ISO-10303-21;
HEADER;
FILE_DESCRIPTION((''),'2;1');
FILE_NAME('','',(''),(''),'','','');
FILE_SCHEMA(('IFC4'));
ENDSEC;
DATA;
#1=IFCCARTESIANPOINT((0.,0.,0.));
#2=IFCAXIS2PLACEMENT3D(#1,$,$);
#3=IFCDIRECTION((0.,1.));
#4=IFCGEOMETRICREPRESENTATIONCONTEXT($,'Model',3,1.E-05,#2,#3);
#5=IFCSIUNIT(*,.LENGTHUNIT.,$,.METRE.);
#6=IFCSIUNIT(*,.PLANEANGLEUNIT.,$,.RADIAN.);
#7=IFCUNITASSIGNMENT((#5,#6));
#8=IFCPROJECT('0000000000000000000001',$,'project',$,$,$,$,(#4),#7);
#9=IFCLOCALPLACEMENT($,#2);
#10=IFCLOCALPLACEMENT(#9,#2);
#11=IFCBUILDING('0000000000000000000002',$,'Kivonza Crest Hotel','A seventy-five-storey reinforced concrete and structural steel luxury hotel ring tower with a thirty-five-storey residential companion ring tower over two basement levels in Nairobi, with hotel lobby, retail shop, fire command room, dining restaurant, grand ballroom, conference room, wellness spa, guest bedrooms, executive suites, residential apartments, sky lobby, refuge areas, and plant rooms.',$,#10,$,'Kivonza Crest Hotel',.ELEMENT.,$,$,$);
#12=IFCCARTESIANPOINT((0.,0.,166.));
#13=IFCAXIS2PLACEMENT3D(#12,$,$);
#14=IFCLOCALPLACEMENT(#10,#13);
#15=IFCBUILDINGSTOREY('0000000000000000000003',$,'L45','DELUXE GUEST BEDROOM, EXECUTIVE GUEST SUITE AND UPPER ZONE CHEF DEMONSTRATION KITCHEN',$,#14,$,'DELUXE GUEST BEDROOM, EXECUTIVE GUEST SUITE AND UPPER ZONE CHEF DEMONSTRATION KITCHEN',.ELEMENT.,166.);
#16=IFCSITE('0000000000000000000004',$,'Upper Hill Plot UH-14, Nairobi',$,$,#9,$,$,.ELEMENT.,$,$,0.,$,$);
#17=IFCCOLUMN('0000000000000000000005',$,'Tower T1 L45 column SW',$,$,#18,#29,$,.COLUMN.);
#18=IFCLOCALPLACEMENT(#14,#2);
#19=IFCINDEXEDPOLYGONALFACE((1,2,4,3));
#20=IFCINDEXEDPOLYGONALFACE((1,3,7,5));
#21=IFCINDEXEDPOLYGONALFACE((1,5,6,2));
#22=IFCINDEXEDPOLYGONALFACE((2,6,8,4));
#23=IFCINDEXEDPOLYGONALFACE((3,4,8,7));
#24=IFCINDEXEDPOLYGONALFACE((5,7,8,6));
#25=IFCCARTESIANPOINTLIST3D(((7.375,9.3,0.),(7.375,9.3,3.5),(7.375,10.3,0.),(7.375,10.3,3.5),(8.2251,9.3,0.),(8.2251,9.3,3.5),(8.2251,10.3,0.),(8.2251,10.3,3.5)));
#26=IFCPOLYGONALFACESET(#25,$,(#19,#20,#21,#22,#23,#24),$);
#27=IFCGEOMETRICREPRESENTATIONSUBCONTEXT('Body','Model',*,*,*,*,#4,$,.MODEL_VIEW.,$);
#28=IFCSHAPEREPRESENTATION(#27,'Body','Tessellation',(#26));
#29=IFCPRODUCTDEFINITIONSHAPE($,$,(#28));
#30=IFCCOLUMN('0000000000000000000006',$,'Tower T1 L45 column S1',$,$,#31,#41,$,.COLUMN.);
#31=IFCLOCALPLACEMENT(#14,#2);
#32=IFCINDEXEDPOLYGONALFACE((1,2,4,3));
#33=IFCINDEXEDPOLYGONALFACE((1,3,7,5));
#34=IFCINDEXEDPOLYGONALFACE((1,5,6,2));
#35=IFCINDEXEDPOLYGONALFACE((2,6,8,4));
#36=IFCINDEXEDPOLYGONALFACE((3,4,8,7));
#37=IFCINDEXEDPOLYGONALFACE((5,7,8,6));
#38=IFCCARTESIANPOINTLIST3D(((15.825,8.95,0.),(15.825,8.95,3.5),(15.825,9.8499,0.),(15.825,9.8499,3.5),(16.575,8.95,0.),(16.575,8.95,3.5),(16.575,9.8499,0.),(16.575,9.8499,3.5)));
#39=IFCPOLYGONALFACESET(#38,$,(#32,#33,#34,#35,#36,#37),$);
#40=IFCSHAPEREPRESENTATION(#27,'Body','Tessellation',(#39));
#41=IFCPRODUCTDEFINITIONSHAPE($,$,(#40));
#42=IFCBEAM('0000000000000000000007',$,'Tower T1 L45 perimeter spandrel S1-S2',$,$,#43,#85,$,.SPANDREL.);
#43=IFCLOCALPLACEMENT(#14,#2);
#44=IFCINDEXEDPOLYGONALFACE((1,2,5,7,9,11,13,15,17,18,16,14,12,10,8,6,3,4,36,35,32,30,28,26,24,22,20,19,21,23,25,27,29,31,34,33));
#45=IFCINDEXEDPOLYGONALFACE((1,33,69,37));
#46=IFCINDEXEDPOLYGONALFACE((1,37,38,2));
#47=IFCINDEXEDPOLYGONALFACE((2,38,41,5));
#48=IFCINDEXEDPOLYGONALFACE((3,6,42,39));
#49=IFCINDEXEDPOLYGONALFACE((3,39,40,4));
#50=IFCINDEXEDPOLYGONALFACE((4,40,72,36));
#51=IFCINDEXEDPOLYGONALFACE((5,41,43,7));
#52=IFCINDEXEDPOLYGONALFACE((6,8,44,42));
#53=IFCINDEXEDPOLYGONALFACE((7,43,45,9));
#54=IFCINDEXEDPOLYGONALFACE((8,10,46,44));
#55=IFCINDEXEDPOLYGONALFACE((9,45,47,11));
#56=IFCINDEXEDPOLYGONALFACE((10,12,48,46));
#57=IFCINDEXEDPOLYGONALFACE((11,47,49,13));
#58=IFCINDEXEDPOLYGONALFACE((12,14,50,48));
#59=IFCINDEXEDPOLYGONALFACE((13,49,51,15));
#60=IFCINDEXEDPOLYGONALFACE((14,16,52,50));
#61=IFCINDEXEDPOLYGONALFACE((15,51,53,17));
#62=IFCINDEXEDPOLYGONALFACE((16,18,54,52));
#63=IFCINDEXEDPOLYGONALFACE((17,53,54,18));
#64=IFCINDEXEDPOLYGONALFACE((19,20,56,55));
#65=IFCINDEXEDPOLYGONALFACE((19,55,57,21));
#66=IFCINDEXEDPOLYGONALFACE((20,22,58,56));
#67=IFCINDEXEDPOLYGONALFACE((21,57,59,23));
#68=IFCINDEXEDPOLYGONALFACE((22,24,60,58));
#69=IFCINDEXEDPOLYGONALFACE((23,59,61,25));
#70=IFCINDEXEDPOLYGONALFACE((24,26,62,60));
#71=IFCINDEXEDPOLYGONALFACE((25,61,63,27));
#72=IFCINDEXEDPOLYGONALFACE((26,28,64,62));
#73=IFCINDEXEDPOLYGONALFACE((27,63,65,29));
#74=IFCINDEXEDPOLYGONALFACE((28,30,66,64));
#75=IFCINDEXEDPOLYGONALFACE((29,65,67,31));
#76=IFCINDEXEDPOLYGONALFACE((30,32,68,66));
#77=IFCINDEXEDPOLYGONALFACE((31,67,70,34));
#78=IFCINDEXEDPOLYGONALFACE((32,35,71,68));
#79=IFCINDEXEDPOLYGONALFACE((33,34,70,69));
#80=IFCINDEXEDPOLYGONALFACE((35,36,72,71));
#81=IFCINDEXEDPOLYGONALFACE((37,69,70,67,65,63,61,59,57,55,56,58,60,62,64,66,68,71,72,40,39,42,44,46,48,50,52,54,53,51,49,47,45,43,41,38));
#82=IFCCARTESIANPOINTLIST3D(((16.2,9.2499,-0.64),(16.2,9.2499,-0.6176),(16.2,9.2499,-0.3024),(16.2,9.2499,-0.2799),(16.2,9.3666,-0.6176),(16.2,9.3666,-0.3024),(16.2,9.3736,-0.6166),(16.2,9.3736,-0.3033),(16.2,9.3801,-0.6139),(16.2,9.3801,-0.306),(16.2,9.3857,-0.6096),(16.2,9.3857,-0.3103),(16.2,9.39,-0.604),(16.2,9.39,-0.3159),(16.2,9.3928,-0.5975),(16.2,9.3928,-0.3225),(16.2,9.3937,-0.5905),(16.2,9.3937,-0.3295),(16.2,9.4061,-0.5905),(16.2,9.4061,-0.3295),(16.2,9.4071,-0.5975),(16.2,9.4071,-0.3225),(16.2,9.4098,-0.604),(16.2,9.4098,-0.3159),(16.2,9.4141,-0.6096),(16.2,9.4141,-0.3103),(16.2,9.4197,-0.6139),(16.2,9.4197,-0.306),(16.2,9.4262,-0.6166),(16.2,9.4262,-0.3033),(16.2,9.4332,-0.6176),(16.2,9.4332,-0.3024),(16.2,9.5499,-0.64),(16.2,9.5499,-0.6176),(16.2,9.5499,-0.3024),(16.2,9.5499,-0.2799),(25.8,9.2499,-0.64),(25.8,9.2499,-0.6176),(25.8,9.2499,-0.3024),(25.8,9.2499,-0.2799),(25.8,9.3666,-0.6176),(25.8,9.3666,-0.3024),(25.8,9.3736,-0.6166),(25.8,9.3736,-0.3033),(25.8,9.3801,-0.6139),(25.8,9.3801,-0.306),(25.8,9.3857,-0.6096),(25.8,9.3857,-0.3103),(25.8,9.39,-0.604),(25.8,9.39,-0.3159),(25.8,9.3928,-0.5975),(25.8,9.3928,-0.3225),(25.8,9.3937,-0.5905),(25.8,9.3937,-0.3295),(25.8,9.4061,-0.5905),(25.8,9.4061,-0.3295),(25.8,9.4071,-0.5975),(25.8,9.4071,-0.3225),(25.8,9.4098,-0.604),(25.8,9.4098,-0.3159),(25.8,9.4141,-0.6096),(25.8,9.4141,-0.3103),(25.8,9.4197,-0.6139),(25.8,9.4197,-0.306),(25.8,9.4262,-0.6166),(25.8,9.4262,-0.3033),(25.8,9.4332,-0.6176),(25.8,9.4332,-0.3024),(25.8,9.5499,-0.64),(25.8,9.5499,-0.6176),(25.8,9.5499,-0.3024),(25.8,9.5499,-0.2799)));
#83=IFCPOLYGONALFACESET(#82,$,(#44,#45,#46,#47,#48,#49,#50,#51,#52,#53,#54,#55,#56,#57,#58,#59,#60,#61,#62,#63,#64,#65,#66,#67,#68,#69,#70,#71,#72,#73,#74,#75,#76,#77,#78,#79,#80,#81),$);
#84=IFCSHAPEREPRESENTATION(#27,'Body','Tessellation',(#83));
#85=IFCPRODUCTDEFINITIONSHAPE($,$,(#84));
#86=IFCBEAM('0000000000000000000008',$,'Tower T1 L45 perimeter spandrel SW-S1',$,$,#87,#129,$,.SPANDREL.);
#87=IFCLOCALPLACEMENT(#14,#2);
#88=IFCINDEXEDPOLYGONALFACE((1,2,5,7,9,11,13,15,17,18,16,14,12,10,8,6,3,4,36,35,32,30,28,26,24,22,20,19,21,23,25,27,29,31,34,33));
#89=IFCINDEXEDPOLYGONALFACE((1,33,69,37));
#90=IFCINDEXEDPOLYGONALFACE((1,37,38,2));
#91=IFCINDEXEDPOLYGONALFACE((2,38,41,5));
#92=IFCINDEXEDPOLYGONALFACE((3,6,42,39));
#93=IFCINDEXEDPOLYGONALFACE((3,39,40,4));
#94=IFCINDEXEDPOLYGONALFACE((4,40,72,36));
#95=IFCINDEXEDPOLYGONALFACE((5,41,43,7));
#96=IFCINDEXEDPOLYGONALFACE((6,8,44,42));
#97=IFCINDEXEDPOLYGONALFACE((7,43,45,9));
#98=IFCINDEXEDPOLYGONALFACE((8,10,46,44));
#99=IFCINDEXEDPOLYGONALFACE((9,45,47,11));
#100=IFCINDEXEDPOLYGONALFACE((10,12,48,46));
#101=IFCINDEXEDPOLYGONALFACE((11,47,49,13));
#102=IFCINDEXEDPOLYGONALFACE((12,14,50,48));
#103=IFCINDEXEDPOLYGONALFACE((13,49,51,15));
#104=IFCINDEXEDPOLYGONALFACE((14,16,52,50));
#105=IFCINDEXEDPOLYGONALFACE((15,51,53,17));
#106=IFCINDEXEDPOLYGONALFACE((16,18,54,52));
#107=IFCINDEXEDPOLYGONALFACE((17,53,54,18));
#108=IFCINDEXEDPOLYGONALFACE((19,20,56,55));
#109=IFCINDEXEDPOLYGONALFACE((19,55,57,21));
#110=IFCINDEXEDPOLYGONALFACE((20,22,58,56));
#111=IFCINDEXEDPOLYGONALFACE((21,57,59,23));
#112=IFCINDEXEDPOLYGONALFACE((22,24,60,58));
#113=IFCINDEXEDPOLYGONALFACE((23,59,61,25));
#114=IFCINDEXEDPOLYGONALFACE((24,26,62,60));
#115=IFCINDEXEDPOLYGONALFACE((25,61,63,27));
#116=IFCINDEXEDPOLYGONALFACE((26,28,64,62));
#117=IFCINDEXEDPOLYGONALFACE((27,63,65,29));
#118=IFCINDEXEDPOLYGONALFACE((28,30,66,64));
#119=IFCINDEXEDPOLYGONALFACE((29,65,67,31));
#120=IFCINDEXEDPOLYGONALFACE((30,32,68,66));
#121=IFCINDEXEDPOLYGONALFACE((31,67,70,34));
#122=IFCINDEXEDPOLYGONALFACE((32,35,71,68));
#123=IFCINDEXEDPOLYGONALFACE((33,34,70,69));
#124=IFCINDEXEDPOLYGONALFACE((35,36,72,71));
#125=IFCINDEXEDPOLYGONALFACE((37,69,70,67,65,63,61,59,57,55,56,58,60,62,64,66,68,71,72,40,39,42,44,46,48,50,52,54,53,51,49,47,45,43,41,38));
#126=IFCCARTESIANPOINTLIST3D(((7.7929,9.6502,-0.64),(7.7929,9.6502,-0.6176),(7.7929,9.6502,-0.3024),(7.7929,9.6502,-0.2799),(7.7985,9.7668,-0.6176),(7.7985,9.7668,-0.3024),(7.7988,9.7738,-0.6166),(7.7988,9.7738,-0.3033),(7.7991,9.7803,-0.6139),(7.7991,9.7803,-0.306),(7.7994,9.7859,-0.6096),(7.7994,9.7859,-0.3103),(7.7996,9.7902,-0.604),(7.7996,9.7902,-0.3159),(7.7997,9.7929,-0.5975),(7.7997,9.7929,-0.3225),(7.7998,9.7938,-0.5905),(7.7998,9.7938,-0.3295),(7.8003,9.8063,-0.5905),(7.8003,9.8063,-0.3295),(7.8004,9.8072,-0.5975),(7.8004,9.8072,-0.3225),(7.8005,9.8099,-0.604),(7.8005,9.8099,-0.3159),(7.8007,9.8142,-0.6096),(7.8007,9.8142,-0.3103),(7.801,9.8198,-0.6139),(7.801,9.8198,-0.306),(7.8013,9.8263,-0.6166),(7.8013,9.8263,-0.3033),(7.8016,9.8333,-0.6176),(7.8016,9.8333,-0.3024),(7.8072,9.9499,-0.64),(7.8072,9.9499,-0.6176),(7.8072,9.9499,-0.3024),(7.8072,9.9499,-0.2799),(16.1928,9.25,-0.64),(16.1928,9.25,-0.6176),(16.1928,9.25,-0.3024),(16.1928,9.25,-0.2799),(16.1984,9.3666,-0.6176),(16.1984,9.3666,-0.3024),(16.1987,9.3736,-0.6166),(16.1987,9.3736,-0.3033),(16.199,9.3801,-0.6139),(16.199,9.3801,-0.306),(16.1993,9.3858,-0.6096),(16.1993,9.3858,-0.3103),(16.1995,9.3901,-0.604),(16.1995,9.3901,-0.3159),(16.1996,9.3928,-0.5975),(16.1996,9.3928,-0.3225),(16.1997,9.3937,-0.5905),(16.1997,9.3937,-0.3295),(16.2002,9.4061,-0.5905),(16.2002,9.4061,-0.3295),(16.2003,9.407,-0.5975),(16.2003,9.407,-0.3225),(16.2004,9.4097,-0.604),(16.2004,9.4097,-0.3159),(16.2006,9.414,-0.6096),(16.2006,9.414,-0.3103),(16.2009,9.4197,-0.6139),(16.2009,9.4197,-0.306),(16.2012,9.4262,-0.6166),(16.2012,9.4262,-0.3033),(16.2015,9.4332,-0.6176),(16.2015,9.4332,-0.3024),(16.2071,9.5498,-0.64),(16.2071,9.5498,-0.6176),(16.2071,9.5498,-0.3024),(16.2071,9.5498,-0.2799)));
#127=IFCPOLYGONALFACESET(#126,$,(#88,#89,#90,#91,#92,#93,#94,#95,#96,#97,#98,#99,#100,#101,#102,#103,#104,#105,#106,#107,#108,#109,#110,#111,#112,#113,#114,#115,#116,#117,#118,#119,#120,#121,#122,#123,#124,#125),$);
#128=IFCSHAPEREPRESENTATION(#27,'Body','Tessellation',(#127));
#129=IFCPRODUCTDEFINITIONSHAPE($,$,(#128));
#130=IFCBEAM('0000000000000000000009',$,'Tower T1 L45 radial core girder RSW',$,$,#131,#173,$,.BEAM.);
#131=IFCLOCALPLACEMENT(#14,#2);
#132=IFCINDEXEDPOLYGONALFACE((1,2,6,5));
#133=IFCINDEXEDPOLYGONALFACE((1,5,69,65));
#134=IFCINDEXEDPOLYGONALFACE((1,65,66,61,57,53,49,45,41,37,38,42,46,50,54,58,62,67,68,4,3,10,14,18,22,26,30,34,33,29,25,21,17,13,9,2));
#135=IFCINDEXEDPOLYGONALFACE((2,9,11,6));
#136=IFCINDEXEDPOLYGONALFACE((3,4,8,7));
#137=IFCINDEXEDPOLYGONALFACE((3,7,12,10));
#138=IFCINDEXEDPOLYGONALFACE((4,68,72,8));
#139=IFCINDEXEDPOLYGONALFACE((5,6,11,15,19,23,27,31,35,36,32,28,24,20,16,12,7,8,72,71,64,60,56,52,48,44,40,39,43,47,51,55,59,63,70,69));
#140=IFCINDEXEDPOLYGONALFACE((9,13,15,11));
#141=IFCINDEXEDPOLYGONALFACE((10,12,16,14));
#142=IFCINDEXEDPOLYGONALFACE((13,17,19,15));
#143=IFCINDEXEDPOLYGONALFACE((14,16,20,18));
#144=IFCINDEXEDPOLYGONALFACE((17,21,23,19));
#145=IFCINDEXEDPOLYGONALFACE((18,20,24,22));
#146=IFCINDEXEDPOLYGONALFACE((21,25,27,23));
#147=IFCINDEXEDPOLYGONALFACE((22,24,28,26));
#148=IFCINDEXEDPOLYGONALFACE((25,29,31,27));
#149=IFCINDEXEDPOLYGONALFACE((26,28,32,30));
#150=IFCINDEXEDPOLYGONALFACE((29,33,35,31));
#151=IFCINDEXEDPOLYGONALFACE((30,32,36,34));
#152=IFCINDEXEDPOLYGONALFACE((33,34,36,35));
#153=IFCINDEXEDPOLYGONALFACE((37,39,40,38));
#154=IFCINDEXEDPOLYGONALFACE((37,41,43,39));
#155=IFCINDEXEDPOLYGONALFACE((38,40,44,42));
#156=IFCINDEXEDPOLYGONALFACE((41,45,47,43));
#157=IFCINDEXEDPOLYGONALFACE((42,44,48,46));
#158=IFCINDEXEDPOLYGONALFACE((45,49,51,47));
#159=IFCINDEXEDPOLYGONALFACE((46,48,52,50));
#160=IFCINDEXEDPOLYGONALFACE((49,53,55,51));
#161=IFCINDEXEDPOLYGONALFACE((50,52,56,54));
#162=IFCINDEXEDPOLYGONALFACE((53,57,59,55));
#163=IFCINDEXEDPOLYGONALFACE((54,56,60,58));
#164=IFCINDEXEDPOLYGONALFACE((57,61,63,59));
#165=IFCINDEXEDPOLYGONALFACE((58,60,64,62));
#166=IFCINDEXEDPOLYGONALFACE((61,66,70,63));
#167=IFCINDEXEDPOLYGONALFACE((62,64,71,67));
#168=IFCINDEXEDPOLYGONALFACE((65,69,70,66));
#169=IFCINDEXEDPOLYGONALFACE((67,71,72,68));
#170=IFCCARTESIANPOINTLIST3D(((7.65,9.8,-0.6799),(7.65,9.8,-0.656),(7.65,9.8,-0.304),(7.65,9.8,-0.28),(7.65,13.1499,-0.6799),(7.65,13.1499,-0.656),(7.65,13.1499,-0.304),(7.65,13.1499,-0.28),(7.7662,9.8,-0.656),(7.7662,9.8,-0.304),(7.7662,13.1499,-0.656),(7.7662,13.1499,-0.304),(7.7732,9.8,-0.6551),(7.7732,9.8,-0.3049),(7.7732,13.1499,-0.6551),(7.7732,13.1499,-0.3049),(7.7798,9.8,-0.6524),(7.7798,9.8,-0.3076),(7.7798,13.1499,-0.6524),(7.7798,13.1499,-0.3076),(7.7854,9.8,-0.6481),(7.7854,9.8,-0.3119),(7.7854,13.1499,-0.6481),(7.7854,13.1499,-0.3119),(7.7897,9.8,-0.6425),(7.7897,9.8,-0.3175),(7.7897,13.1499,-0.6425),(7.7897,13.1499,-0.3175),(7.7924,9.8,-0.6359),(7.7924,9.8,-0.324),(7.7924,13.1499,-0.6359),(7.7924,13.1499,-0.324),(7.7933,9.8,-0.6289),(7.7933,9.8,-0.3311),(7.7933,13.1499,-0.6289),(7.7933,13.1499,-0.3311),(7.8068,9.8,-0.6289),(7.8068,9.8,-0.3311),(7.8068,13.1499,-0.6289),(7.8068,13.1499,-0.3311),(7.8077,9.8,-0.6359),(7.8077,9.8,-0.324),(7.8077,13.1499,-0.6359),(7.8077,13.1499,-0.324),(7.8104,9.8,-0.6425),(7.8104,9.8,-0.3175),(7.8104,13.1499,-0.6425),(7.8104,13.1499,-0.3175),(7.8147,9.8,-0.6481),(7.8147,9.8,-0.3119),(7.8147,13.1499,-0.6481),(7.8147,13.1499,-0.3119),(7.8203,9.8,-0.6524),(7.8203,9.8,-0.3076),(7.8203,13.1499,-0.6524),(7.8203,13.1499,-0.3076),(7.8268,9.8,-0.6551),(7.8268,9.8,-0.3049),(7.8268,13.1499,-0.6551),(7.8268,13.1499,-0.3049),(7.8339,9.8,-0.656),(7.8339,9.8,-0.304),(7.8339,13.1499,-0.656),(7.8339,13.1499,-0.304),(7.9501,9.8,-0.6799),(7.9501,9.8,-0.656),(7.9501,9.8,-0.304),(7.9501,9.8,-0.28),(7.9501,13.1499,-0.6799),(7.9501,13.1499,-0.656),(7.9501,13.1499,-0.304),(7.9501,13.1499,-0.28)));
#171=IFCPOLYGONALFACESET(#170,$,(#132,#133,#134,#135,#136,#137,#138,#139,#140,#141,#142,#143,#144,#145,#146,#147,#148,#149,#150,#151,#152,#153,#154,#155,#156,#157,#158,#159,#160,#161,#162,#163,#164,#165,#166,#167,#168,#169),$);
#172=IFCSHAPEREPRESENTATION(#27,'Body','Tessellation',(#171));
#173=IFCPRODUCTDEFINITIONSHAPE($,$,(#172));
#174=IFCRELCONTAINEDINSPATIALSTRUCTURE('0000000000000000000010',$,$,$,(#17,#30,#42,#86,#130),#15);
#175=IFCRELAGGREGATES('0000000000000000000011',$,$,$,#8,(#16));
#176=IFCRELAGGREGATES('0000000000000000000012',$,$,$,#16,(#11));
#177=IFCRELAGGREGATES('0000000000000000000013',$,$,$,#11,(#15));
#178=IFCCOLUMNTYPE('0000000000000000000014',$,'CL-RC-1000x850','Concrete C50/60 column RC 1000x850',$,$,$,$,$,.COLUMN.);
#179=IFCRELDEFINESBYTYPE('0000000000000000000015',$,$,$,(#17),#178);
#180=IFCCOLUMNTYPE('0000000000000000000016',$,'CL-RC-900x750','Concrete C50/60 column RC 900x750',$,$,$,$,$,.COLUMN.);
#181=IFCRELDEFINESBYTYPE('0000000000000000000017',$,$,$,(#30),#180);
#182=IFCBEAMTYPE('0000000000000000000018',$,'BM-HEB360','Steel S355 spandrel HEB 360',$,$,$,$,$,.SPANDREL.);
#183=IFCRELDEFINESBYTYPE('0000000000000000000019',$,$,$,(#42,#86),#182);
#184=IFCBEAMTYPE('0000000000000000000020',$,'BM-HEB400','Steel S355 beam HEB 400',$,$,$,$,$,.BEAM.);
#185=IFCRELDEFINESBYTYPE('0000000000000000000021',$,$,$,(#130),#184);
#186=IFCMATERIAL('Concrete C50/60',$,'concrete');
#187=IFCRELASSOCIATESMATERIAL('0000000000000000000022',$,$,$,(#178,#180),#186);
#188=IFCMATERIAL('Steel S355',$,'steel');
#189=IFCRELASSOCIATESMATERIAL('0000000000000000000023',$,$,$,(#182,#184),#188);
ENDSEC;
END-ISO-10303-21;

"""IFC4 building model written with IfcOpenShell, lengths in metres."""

from ifc_helpers import new_model, si_unit, direction, frame, origin, origin_2d, place, context, subcontext, project, spatial, rectangle, i_section, extrude, material, material_profile, profile_set, type_object, element, save


model = new_model("IFC4")

# Units and contexts
model_context = context("Model", 3, precision=1e-05, world=origin(), true_north=direction((0.0, 1.0)))
body_context = subcontext(model_context, "Body", "Model", "MODEL_VIEW")
ifc_project = project(units=[si_unit("LENGTHUNIT", "METRE"), si_unit("PLANEANGLEUNIT", "RADIAN")], contexts=[model_context])

# Site, building, storey
site_placement = place(None, origin())
site = spatial("IfcSite", under=ifc_project, at=site_placement, Name="Upper Hill Plot UH-14, Nairobi", CompositionType="ELEMENT", RefElevation=0.0)
building_placement = place(site_placement, origin())
building = spatial("IfcBuilding", under=site, at=building_placement, Name="Kivonza Crest Hotel", Description="A seventy-five-storey reinforced concrete and structural steel luxury hotel ring tower with a thirty-five-storey residential companion ring tower over two basement levels in Nairobi, with hotel lobby, retail shop, fire command room, dining restaurant, grand ballroom, conference room, wellness spa, guest bedrooms, executive suites, residential apartments, sky lobby, refuge areas, and plant rooms.", LongName="Kivonza Crest Hotel", CompositionType="ELEMENT")
storey_placement = place(building_placement, frame((0.0, 0.0, 166.0)))
storey = spatial("IfcBuildingStorey", under=building, at=storey_placement, Name="L45", Description="DELUXE GUEST BEDROOM, EXECUTIVE GUEST SUITE AND UPPER ZONE CHEF DEMONSTRATION KITCHEN", LongName="DELUXE GUEST BEDROOM, EXECUTIVE GUEST SUITE AND UPPER ZONE CHEF DEMONSTRATION KITCHEN", CompositionType="ELEMENT", Elevation=166.0)

# Columns
ifc_material_1 = material(Name="Concrete C50/60", Category="concrete")
ifc_material_profile_1 = material_profile(ifc_material_1, rectangle(XDim=0.8501, YDim=1.0, at=origin_2d()), Name="RC 1000x850")
ifc_profile_set_1 = profile_set([ifc_material_profile_1], Name="Concrete C50/60")
column_type_1 = type_object("IfcColumnType", Name="CL-RC-1000x850", Description="Concrete C50/60 column RC 1000x850", PredefinedType="COLUMN", material=ifc_profile_set_1)
column_1_placement = place(storey_placement, frame((7.8, 9.8, 0.0), z_axis=(0.0, 0.0, 1.0), x_axis=(1.0, 0.0, 0.0)))
element("IfcColumn", 1, at=column_1_placement, inside=storey, type_object=column_type_1, Name="Tower T1 L45 column SW", PredefinedType="COLUMN", context=body_context, shape_type="SweptSolid", body=[
    extrude(rectangle(XDim=0.8501, YDim=1.0, at=origin_2d()), origin(), (0.0, 0.0, 1.0), 3.5),
])
ifc_material_profile_2 = material_profile(ifc_material_1, rectangle(XDim=0.75, YDim=0.8999, at=origin_2d()), Name="RC 900x750")
ifc_profile_set_2 = profile_set([ifc_material_profile_2], Name="Concrete C50/60")
column_type_2 = type_object("IfcColumnType", Name="CL-RC-900x750", Description="Concrete C50/60 column RC 900x750", PredefinedType="COLUMN", material=ifc_profile_set_2)
column_2_placement = place(storey_placement, frame((16.2, 9.3999, 0.0), z_axis=(0.0, 0.0, 1.0), x_axis=(1.0, 0.0, 0.0)))
element("IfcColumn", 2, at=column_2_placement, inside=storey, type_object=column_type_2, Name="Tower T1 L45 column S1", PredefinedType="COLUMN", context=body_context, shape_type="SweptSolid", body=[
    extrude(rectangle(XDim=0.75, YDim=0.8999, at=origin_2d()), origin(), (0.0, 0.0, 1.0), 3.5),
])

# Beams
ifc_material_2 = material(Name="Steel S355", Category="steel")
ifc_material_profile_3 = material_profile(ifc_material_2, i_section(OverallWidth=0.3, OverallDepth=0.3601, WebThickness=0.0125, FlangeThickness=0.0225, FilletRadius=0.0271, at=origin_2d()), Name="HEB 360")
ifc_profile_set_3 = profile_set([ifc_material_profile_3], Name="Steel S355")
beam_type_1 = type_object("IfcBeamType", Name="BM-HEB360", Description="Steel S355 spandrel HEB 360", PredefinedType="SPANDREL", material=ifc_profile_set_3)
beam_1_placement = place(storey_placement, frame((16.2, 9.3999, -0.46), z_axis=(1.0, 0.0, 0.0), x_axis=(0.0, 1.0, 0.0)))
element("IfcBeam", 3, at=beam_1_placement, inside=storey, type_object=beam_type_1, Name="Tower T1 L45 perimeter spandrel S1-S2", PredefinedType="SPANDREL", context=body_context, shape_type="SweptSolid", body=[
    extrude(i_section(OverallWidth=0.3, OverallDepth=0.3601, WebThickness=0.0125, FlangeThickness=0.0225, FilletRadius=0.0271, at=origin_2d()), origin(), (0.0, 0.0, 1.0), 9.6001),
])
beam_2_placement = place(storey_placement, frame((7.8, 9.8, -0.46), z_axis=(0.998867, -0.047583, 0.0), x_axis=(0.047583, 0.998867, 0.0)))
element("IfcBeam", 4, at=beam_2_placement, inside=storey, type_object=beam_type_1, Name="Tower T1 L45 perimeter spandrel SW-S1", PredefinedType="SPANDREL", context=body_context, shape_type="SweptSolid", body=[
    extrude(i_section(OverallWidth=0.3, OverallDepth=0.3601, WebThickness=0.0125, FlangeThickness=0.0225, FilletRadius=0.0271, at=origin_2d()), origin(), (0.0, 0.0, 1.0), 8.4094),
])
ifc_material_profile_4 = material_profile(ifc_material_2, i_section(OverallWidth=0.3, OverallDepth=0.3999, WebThickness=0.0134, FlangeThickness=0.0239, FilletRadius=0.0271, at=origin_2d()), Name="HEB 400")
ifc_profile_set_4 = profile_set([ifc_material_profile_4], Name="Steel S355")
beam_type_2 = type_object("IfcBeamType", Name="BM-HEB400", Description="Steel S355 beam HEB 400", PredefinedType="BEAM", material=ifc_profile_set_4)
beam_3_placement = place(storey_placement, frame((7.8, 9.8, -0.48), z_axis=(0.0, 1.0, 0.0), x_axis=(-1.0, 0.0, 0.0)))
element("IfcBeam", 5, at=beam_3_placement, inside=storey, type_object=beam_type_2, Name="Tower T1 L45 radial core girder RSW", PredefinedType="BEAM", context=body_context, shape_type="SweptSolid", body=[
    extrude(i_section(OverallWidth=0.3, OverallDepth=0.3999, WebThickness=0.0134, FlangeThickness=0.0239, FilletRadius=0.0271, at=origin_2d()), origin(), (0.0, 0.0, 1.0), 3.3499),
])

save(model, "model.ifc")
